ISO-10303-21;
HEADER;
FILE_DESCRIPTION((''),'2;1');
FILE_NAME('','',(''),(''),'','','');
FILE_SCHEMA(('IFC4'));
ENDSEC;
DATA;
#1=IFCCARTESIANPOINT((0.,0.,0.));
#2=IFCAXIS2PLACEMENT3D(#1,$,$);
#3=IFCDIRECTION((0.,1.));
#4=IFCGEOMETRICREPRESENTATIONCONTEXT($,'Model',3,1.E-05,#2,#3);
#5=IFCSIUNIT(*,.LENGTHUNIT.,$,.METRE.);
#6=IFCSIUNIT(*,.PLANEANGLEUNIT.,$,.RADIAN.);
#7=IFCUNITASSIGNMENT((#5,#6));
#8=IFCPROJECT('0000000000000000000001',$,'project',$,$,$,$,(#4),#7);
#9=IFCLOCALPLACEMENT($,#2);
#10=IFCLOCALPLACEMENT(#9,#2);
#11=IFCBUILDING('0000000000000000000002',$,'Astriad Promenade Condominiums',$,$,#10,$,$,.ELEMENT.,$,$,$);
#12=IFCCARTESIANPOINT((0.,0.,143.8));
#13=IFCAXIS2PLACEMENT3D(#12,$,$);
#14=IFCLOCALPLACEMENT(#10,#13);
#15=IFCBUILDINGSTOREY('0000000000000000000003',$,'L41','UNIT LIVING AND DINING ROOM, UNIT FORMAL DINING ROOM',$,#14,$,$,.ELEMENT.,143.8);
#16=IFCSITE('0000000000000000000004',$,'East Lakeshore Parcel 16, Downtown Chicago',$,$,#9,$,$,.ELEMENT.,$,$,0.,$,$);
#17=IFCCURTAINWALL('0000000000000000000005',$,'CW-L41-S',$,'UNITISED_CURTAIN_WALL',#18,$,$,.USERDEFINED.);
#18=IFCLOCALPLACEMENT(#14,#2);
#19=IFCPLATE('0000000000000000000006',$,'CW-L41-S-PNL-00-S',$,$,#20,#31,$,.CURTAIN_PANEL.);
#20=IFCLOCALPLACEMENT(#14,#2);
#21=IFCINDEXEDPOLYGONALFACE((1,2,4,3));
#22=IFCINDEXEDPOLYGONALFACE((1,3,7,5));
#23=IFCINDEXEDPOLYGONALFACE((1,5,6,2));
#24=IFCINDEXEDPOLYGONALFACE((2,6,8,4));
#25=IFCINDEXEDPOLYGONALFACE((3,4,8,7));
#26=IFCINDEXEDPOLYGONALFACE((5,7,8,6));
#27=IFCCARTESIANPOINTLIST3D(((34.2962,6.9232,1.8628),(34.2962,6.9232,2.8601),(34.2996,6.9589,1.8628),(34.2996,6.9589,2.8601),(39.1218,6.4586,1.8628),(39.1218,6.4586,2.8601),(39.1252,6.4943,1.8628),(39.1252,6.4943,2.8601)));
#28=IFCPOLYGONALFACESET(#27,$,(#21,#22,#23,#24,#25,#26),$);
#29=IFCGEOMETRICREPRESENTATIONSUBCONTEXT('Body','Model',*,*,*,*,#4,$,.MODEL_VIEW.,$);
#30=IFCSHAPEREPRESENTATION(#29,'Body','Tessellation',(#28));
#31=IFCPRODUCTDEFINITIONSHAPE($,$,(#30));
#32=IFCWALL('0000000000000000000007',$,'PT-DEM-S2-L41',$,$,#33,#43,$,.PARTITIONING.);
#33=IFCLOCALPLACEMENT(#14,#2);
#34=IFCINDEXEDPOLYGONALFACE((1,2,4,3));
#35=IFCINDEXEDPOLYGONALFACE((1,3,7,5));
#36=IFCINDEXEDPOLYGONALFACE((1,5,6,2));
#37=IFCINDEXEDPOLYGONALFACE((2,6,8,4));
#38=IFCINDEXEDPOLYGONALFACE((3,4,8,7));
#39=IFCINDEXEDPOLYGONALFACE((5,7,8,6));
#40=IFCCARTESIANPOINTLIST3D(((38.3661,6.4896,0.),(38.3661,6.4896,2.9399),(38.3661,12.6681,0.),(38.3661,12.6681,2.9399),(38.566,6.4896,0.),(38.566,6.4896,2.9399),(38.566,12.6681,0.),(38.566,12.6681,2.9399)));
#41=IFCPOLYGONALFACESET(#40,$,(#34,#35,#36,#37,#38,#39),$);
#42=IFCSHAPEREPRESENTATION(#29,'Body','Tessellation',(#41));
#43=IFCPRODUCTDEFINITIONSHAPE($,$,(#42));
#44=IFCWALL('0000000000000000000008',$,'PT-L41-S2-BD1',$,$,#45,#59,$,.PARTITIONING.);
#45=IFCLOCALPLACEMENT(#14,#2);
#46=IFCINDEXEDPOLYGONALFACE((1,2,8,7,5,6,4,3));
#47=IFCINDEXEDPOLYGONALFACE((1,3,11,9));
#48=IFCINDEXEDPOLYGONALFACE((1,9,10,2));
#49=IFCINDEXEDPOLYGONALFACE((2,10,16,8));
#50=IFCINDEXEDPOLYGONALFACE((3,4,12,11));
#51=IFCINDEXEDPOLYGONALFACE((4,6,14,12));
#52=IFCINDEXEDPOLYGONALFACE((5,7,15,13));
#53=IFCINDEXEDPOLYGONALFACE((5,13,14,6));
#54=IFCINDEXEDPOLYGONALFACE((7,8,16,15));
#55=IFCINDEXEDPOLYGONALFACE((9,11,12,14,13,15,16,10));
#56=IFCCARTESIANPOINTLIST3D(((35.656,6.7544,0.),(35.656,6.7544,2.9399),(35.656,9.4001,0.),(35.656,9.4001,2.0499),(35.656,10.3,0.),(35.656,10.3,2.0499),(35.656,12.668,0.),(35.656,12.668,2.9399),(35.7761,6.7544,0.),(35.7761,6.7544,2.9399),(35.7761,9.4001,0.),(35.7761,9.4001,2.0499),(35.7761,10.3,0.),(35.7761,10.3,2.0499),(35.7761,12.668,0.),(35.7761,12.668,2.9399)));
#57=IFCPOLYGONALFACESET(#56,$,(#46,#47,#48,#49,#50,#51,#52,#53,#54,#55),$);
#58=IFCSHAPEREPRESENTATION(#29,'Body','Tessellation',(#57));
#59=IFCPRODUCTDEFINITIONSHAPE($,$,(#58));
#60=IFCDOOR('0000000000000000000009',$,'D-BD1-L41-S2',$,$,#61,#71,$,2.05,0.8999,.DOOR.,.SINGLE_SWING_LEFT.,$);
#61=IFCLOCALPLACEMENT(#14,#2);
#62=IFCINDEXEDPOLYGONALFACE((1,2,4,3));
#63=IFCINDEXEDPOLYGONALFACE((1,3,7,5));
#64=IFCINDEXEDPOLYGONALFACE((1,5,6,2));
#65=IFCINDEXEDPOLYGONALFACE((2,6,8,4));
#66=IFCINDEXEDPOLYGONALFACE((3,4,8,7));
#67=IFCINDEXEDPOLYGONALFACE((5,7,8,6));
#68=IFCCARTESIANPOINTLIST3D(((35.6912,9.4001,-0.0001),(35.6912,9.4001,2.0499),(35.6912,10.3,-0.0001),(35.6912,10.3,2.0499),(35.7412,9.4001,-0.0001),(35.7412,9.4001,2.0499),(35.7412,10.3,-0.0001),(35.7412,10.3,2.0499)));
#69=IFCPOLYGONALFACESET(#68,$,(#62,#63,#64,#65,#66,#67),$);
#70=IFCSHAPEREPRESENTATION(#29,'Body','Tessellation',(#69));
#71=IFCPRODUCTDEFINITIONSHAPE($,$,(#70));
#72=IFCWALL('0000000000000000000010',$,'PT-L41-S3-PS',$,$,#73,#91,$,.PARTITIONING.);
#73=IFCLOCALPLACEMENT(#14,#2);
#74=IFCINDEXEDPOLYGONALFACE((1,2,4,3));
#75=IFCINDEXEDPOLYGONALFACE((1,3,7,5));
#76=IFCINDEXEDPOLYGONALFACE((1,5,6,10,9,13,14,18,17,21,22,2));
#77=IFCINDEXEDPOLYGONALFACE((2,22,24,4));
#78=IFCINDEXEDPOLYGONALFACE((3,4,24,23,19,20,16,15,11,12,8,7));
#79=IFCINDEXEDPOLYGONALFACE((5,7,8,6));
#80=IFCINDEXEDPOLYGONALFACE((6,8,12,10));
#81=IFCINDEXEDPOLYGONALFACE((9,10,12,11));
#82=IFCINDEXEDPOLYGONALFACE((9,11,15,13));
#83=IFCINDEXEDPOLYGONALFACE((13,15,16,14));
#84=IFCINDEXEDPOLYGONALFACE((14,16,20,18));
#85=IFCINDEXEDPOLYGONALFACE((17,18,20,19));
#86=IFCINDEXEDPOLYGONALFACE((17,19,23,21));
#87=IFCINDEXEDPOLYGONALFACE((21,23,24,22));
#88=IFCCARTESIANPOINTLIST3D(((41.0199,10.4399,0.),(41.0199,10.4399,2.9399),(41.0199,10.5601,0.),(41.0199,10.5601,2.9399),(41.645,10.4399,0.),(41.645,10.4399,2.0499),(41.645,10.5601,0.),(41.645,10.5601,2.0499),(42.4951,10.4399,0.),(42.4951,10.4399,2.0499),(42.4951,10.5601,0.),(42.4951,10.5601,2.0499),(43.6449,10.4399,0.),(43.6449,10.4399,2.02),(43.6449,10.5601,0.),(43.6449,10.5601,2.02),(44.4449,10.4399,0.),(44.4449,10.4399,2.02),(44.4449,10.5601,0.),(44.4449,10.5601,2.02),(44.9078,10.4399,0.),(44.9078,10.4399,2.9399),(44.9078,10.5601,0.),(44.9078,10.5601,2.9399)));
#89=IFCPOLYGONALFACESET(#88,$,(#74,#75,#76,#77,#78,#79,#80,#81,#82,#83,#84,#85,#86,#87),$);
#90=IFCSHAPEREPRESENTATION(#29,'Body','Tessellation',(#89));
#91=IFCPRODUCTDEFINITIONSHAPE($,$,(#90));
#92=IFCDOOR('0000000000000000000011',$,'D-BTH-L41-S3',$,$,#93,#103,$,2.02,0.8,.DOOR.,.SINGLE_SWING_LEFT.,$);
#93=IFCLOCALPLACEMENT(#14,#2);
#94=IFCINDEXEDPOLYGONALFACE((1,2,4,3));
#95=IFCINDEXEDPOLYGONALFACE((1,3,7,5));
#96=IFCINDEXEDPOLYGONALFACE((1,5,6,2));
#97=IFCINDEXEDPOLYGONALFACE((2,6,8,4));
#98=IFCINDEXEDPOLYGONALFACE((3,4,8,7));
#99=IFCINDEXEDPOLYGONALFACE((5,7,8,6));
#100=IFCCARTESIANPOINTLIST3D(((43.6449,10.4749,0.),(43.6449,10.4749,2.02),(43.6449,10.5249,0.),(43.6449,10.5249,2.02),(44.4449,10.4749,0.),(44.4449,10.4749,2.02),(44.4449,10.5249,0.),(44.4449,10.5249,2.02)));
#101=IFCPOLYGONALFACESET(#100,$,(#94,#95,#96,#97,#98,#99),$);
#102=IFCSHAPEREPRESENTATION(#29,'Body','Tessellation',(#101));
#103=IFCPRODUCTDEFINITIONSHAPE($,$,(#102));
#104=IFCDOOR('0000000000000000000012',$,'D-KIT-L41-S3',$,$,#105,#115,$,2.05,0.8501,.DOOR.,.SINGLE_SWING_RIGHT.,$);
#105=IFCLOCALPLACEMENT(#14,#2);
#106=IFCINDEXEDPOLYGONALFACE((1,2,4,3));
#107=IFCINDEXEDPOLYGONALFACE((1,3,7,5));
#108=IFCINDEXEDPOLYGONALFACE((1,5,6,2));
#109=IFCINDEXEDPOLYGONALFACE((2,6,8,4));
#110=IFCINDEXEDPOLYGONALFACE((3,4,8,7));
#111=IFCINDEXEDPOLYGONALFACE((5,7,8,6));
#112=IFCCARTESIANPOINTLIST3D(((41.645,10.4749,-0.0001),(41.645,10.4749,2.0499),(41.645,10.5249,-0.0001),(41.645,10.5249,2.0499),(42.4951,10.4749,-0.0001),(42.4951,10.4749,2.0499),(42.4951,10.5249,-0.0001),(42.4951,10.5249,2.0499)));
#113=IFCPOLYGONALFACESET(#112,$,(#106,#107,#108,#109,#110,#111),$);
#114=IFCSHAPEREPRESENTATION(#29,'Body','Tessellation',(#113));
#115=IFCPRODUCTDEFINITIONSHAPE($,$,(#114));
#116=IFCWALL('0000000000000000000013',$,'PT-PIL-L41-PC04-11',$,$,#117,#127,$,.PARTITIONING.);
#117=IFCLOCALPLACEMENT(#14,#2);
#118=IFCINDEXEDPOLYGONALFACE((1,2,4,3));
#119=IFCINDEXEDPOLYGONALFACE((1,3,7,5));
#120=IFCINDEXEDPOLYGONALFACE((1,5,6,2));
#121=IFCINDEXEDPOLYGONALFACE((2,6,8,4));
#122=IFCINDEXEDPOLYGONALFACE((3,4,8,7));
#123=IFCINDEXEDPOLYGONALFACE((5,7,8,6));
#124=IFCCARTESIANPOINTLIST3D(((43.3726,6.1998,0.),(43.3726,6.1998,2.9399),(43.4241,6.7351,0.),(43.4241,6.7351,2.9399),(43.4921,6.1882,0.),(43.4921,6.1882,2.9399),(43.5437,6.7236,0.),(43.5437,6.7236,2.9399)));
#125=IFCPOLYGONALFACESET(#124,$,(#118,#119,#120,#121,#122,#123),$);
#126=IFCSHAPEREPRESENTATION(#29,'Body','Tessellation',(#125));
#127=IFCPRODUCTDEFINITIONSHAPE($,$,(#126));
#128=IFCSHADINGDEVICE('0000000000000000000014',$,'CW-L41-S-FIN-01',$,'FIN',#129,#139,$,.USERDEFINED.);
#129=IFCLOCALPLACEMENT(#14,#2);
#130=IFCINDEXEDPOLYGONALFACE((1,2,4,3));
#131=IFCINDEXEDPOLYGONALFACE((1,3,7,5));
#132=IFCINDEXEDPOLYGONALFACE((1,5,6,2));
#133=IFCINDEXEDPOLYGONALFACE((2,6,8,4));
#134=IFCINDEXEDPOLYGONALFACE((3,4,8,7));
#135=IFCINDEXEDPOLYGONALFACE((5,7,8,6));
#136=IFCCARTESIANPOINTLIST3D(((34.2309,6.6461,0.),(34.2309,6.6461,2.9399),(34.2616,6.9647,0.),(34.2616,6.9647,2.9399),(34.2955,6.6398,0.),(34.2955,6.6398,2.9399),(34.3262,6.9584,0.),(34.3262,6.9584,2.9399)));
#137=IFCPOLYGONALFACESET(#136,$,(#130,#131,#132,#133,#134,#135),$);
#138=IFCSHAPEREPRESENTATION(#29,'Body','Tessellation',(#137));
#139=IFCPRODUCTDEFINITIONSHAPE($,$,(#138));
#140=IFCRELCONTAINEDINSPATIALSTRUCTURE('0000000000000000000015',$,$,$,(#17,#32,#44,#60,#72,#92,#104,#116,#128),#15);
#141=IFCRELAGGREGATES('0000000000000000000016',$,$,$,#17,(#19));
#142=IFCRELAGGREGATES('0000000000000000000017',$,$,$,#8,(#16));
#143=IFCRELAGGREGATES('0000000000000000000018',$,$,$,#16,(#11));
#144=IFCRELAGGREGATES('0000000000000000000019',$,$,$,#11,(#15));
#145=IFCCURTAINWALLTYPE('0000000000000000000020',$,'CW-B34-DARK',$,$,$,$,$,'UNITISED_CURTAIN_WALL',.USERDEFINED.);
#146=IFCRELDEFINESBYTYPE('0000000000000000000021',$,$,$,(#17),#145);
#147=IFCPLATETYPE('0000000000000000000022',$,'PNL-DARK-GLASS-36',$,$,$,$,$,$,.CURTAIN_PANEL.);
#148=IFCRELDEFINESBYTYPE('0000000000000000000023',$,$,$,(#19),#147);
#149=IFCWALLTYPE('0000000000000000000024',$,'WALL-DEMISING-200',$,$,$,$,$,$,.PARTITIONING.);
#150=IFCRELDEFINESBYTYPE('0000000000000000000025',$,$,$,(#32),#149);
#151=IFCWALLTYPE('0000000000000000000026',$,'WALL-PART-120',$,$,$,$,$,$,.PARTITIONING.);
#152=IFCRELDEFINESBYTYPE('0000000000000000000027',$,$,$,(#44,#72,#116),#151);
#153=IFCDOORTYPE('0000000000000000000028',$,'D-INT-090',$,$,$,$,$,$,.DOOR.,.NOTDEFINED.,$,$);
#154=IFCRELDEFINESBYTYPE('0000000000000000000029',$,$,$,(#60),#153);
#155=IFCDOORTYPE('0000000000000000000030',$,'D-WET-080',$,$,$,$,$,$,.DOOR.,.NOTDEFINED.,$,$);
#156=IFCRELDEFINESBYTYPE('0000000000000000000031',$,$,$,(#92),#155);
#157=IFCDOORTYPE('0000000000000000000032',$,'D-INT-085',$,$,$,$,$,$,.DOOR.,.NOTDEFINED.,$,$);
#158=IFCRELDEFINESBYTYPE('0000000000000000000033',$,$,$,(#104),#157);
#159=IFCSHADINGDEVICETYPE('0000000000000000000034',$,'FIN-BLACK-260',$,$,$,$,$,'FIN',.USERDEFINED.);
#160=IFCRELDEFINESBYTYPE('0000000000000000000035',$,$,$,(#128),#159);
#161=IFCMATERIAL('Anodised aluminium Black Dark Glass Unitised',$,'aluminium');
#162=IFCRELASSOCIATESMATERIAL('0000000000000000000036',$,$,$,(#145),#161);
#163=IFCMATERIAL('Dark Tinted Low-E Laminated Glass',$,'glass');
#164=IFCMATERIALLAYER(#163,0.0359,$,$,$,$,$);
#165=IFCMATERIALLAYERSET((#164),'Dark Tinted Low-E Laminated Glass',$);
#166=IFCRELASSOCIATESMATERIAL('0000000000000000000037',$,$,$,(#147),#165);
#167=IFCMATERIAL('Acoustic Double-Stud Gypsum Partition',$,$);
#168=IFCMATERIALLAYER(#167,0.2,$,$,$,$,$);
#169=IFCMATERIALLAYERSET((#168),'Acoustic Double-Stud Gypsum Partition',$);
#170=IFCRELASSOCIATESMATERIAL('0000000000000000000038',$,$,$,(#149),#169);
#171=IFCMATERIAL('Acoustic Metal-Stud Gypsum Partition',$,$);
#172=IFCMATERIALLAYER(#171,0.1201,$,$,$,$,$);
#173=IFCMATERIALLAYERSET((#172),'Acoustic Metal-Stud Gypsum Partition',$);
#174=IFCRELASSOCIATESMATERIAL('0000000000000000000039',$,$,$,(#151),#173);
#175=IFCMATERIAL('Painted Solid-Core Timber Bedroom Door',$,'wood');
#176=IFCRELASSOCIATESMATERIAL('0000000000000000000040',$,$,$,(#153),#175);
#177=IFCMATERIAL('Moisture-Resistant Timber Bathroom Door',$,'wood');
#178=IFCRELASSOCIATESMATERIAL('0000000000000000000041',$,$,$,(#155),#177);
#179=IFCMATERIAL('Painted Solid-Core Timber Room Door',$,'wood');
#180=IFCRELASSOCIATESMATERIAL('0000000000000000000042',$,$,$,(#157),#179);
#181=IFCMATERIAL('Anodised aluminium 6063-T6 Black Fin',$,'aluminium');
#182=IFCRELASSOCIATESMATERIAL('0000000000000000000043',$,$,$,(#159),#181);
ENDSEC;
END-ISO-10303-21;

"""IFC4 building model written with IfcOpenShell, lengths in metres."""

from ifc_helpers import new_model, si_unit, direction, frame, frame_2d, origin, origin_2d, place, context, subcontext, project, spatial, rectangle, extrude, source, transform, mapped, material, layer, layer_set, type_object, type_shapes, element, fill, aggregate, save


model = new_model("IFC4")

# Units and contexts
model_context = context("Model", 3, precision=1e-05, world=origin(), true_north=direction((0.0, 1.0)))
body_context = subcontext(model_context, "Body", "Model", "MODEL_VIEW")
ifc_project = project(units=[si_unit("LENGTHUNIT", "METRE"), si_unit("PLANEANGLEUNIT", "RADIAN")], contexts=[model_context])

# Site, building, storey
site_placement = place(None, origin())
site = spatial("IfcSite", under=ifc_project, at=site_placement, Name="East Lakeshore Parcel 16, Downtown Chicago", CompositionType="ELEMENT", RefElevation=0.0)
building_placement = place(site_placement, origin())
building = spatial("IfcBuilding", under=site, at=building_placement, Name="Astriad Promenade Condominiums", CompositionType="ELEMENT")
storey_placement = place(building_placement, frame((0.0, 0.0, 143.8)))
storey = spatial("IfcBuildingStorey", under=building, at=storey_placement, Name="L41", Description="UNIT LIVING AND DINING ROOM, UNIT FORMAL DINING ROOM", CompositionType="ELEMENT", Elevation=143.8)

# Curtain wall, plate
ifc_material_1 = material(Name="Anodised aluminium Black Dark Glass Unitised", Category="aluminium")
curtain_wall_type = type_object("IfcCurtainWallType", Name="CW-B34-DARK", ElementType="UNITISED_CURTAIN_WALL", PredefinedType="USERDEFINED", material=ifc_material_1)
curtain_wall_placement = place(storey_placement, origin())
curtain_wall = element("IfcCurtainWall", 1, at=curtain_wall_placement, inside=storey, type_object=curtain_wall_type, Name="CW-L41-S", ObjectType="UNITISED_CURTAIN_WALL", PredefinedType="USERDEFINED")
ifc_material_2 = material(Name="Dark Tinted Low-E Laminated Glass", Category="glass")
ifc_layer_1 = layer(ifc_material_2, 0.0359)
ifc_layer_set_1 = layer_set([ifc_layer_1], Name="Dark Tinted Low-E Laminated Glass")
plate_type = type_object("IfcPlateType", Name="PNL-DARK-GLASS-36", PredefinedType="CURTAIN_PANEL", material=ifc_layer_set_1)
shared_shape_1 = source(origin(), body_context, "Body", "SweptSolid", [
    extrude(rectangle(XDim=4.8479, YDim=0.0359, at=origin_2d()), origin(), (0.0, 0.0, 1.0), 0.9973),
])
plate_1_placement = place(storey_placement, frame((36.7107, 6.7087, 1.8628), z_axis=(0.0, 0.0, 1.0), x_axis=(-0.995396, 0.095846, 0.0)))
plate_1 = element("IfcPlate", 2, at=plate_1_placement, type_object=plate_type, Name="CW-L41-S-PNL-00-S", PredefinedType="CURTAIN_PANEL", context=body_context, shape_type="MappedRepresentation", body=[
    mapped(shared_shape_1, transform((0.0, 0.0, 0.0), scale=1.0)),
])
aggregate(curtain_wall, [plate_1])

# Wall
ifc_material_3 = material(Name="Acoustic Double-Stud Gypsum Partition")
ifc_layer_2 = layer(ifc_material_3, 0.2)
ifc_layer_set_2 = layer_set([ifc_layer_2], Name="Acoustic Double-Stud Gypsum Partition")
wall_type_1 = type_object("IfcWallType", Name="WALL-DEMISING-200", PredefinedType="PARTITIONING", material=ifc_layer_set_2)
wall_1_placement = place(storey_placement, frame((38.4661, 6.4895, 0.0), z_axis=(0.0, 0.0, 1.0), x_axis=(0.0, 1.0, 0.0)))
element("IfcWall", 3, at=wall_1_placement, inside=storey, type_object=wall_type_1, Name="PT-DEM-S2-L41", PredefinedType="PARTITIONING", context=body_context, shape_type="SweptSolid", body=[
    extrude(rectangle(XDim=6.1785, YDim=0.2, at=frame_2d((3.0894, 0.0))), origin(), (0.0, 0.0, 1.0), 2.9399),
])

# Wall, opening, door
ifc_material_4 = material(Name="Acoustic Metal-Stud Gypsum Partition")
ifc_layer_3 = layer(ifc_material_4, 0.1201)
ifc_layer_set_3 = layer_set([ifc_layer_3], Name="Acoustic Metal-Stud Gypsum Partition")
wall_type_2 = type_object("IfcWallType", Name="WALL-PART-120", PredefinedType="PARTITIONING", material=ifc_layer_set_3)
wall_2_placement = place(storey_placement, frame((35.7161, 6.7544, 0.0), z_axis=(0.0, 0.0, 1.0), x_axis=(0.0, 1.0, 0.0)))
wall_2 = element("IfcWall", 4, at=wall_2_placement, inside=storey, type_object=wall_type_2, Name="PT-L41-S2-BD1", PredefinedType="PARTITIONING", context=body_context, shape_type="SweptSolid", body=[
    extrude(rectangle(XDim=5.9136, YDim=0.1201, at=frame_2d((2.9568, 0.0))), origin(), (0.0, 0.0, 1.0), 2.9399),
])
opening_1_placement = place(wall_2_placement, frame((2.6458, 0.0, 0.0)))
opening_1 = element("IfcOpeningElement", 5, at=opening_1_placement, cuts=wall_2, PredefinedType="OPENING", context=body_context, shape_type="SweptSolid", body=[
    extrude(rectangle(XDim=0.8999, YDim=2.05, at=frame_2d((0.45, 1.0249))), frame((0.0, 0.0701, 0.0), z_axis=(0.0, -1.0, 0.0), x_axis=(1.0, 0.0, 0.0)), (0.0, 0.0, 1.0), 0.1401),
])
ifc_material_5 = material(Name="Painted Solid-Core Timber Bedroom Door", Category="wood")
door_type_1 = type_object("IfcDoorType", Name="D-INT-090", OperationType="NOTDEFINED", PredefinedType="DOOR", material=ifc_material_5)
shared_shape_2 = source(origin(), body_context, "Body", "SweptSolid", [
    extrude(rectangle(XDim=0.8999, YDim=2.05, at=frame_2d((0.45, 1.0249))), frame((0.0, 0.0249, 0.0), z_axis=(0.0, -1.0, 0.0), x_axis=(1.0, 0.0, 0.0)), (0.0, 0.0, 1.0), 0.05),
])
type_shapes(door_type_1, [shared_shape_2])
door_1_placement = place(opening_1_placement, origin())
door_1 = element("IfcDoor", 6, at=door_1_placement, inside=storey, type_object=door_type_1, Name="D-BD1-L41-S2", OperationType="SINGLE_SWING_LEFT", OverallHeight=2.05, OverallWidth=0.8999, PredefinedType="DOOR", context=body_context, shape_type="MappedRepresentation", body=[
    mapped(shared_shape_2, transform((0.0, 0.0, 0.0), scale=1.0)),
])
fill(opening_1, door_1)

# Wall, openings, doors
wall_3_placement = place(storey_placement, frame((41.02, 10.5, 0.0), z_axis=(0.0, 0.0, 1.0), x_axis=(1.0, 0.0, 0.0)))
wall_3 = element("IfcWall", 7, at=wall_3_placement, inside=storey, type_object=wall_type_2, Name="PT-L41-S3-PS", PredefinedType="PARTITIONING", context=body_context, shape_type="SweptSolid", body=[
    extrude(rectangle(XDim=3.8879, YDim=0.1201, at=frame_2d((1.9438, 0.0))), origin(), (0.0, 0.0, 1.0), 2.9399),
])
opening_2_placement = place(wall_3_placement, frame((0.625, 0.0, 0.0)))
opening_2 = element("IfcOpeningElement", 8, at=opening_2_placement, cuts=wall_3, PredefinedType="OPENING", context=body_context, shape_type="SweptSolid", body=[
    extrude(rectangle(XDim=0.8501, YDim=2.05, at=frame_2d((0.425, 1.0249))), frame((0.0, 0.0701, 0.0), z_axis=(0.0, -1.0, 0.0), x_axis=(1.0, 0.0, 0.0)), (0.0, 0.0, 1.0), 0.1401),
])
opening_3_placement = place(wall_3_placement, frame((2.625, 0.0, 0.0)))
opening_3 = element("IfcOpeningElement", 9, at=opening_3_placement, cuts=wall_3, PredefinedType="OPENING", context=body_context, shape_type="SweptSolid", body=[
    extrude(rectangle(XDim=0.8, YDim=2.02, at=frame_2d((0.3999, 1.01))), frame((0.0, 0.0701, 0.0), z_axis=(0.0, -1.0, 0.0), x_axis=(1.0, 0.0, 0.0)), (0.0, 0.0, 1.0), 0.1401),
])
ifc_material_6 = material(Name="Moisture-Resistant Timber Bathroom Door", Category="wood")
door_type_2 = type_object("IfcDoorType", Name="D-WET-080", OperationType="NOTDEFINED", PredefinedType="DOOR", material=ifc_material_6)
shared_shape_3 = source(origin(), body_context, "Body", "SweptSolid", [
    extrude(rectangle(XDim=0.8, YDim=2.02, at=frame_2d((0.3999, 1.01))), frame((0.0, 0.0249, 0.0), z_axis=(0.0, -1.0, 0.0), x_axis=(1.0, 0.0, 0.0)), (0.0, 0.0, 1.0), 0.05),
])
type_shapes(door_type_2, [shared_shape_3])
door_2_placement = place(opening_3_placement, origin())
door_2 = element("IfcDoor", 10, at=door_2_placement, inside=storey, type_object=door_type_2, Name="D-BTH-L41-S3", OperationType="SINGLE_SWING_LEFT", OverallHeight=2.02, OverallWidth=0.8, PredefinedType="DOOR", context=body_context, shape_type="MappedRepresentation", body=[
    mapped(shared_shape_3, transform((0.0, 0.0, 0.0), scale=1.0)),
])
fill(opening_3, door_2)
ifc_material_7 = material(Name="Painted Solid-Core Timber Room Door", Category="wood")
door_type_3 = type_object("IfcDoorType", Name="D-INT-085", OperationType="NOTDEFINED", PredefinedType="DOOR", material=ifc_material_7)
shared_shape_4 = source(origin(), body_context, "Body", "SweptSolid", [
    extrude(rectangle(XDim=0.8501, YDim=2.05, at=frame_2d((0.425, 1.0249))), frame((0.0, 0.0249, 0.0), z_axis=(0.0, -1.0, 0.0), x_axis=(1.0, 0.0, 0.0)), (0.0, 0.0, 1.0), 0.05),
])
type_shapes(door_type_3, [shared_shape_4])
door_3_placement = place(opening_2_placement, origin())
door_3 = element("IfcDoor", 11, at=door_3_placement, inside=storey, type_object=door_type_3, Name="D-KIT-L41-S3", OperationType="SINGLE_SWING_RIGHT", OverallHeight=2.05, OverallWidth=0.8501, PredefinedType="DOOR", context=body_context, shape_type="MappedRepresentation", body=[
    mapped(shared_shape_4, transform((0.0, 0.0, 0.0), scale=1.0)),
])
fill(opening_2, door_3)

# Wall
wall_4_placement = place(storey_placement, frame((43.4839, 6.7295, 0.0), z_axis=(0.0, 0.0, 1.0), x_axis=(-0.095773, -0.995403, 0.0)))
element("IfcWall", 12, at=wall_4_placement, inside=storey, type_object=wall_type_2, Name="PT-PIL-L41-PC04-11", PredefinedType="PARTITIONING", context=body_context, shape_type="SweptSolid", body=[
    extrude(rectangle(XDim=0.5378, YDim=0.1201, at=frame_2d((0.269, 0.0))), origin(), (0.0, 0.0, 1.0), 2.9399),
])

# Shading device
ifc_material_8 = material(Name="Anodised aluminium 6063-T6 Black Fin", Category="aluminium")
shading_device_type = type_object("IfcShadingDeviceType", Name="FIN-BLACK-260", ElementType="FIN", PredefinedType="USERDEFINED", material=ifc_material_8)
shared_shape_5 = source(origin(), body_context, "Body", "SweptSolid", [
    extrude(rectangle(XDim=0.0649, YDim=0.3201, at=origin_2d()), origin(), (0.0, 0.0, 1.0), 2.9399),
])
type_shapes(shading_device_type, [shared_shape_5])
shading_device_placement = place(storey_placement, frame((34.2786, 6.8022, 0.0), z_axis=(0.0, 0.0, 1.0), x_axis=(-0.995396, 0.095846, 0.0)))
element("IfcShadingDevice", 13, at=shading_device_placement, inside=storey, type_object=shading_device_type, Name="CW-L41-S-FIN-01", ObjectType="FIN", PredefinedType="USERDEFINED", context=body_context, shape_type="MappedRepresentation", body=[
    mapped(shared_shape_5, transform((0.0, 0.0, 0.0), scale=1.0)),
])

save(model, "model.ifc")
